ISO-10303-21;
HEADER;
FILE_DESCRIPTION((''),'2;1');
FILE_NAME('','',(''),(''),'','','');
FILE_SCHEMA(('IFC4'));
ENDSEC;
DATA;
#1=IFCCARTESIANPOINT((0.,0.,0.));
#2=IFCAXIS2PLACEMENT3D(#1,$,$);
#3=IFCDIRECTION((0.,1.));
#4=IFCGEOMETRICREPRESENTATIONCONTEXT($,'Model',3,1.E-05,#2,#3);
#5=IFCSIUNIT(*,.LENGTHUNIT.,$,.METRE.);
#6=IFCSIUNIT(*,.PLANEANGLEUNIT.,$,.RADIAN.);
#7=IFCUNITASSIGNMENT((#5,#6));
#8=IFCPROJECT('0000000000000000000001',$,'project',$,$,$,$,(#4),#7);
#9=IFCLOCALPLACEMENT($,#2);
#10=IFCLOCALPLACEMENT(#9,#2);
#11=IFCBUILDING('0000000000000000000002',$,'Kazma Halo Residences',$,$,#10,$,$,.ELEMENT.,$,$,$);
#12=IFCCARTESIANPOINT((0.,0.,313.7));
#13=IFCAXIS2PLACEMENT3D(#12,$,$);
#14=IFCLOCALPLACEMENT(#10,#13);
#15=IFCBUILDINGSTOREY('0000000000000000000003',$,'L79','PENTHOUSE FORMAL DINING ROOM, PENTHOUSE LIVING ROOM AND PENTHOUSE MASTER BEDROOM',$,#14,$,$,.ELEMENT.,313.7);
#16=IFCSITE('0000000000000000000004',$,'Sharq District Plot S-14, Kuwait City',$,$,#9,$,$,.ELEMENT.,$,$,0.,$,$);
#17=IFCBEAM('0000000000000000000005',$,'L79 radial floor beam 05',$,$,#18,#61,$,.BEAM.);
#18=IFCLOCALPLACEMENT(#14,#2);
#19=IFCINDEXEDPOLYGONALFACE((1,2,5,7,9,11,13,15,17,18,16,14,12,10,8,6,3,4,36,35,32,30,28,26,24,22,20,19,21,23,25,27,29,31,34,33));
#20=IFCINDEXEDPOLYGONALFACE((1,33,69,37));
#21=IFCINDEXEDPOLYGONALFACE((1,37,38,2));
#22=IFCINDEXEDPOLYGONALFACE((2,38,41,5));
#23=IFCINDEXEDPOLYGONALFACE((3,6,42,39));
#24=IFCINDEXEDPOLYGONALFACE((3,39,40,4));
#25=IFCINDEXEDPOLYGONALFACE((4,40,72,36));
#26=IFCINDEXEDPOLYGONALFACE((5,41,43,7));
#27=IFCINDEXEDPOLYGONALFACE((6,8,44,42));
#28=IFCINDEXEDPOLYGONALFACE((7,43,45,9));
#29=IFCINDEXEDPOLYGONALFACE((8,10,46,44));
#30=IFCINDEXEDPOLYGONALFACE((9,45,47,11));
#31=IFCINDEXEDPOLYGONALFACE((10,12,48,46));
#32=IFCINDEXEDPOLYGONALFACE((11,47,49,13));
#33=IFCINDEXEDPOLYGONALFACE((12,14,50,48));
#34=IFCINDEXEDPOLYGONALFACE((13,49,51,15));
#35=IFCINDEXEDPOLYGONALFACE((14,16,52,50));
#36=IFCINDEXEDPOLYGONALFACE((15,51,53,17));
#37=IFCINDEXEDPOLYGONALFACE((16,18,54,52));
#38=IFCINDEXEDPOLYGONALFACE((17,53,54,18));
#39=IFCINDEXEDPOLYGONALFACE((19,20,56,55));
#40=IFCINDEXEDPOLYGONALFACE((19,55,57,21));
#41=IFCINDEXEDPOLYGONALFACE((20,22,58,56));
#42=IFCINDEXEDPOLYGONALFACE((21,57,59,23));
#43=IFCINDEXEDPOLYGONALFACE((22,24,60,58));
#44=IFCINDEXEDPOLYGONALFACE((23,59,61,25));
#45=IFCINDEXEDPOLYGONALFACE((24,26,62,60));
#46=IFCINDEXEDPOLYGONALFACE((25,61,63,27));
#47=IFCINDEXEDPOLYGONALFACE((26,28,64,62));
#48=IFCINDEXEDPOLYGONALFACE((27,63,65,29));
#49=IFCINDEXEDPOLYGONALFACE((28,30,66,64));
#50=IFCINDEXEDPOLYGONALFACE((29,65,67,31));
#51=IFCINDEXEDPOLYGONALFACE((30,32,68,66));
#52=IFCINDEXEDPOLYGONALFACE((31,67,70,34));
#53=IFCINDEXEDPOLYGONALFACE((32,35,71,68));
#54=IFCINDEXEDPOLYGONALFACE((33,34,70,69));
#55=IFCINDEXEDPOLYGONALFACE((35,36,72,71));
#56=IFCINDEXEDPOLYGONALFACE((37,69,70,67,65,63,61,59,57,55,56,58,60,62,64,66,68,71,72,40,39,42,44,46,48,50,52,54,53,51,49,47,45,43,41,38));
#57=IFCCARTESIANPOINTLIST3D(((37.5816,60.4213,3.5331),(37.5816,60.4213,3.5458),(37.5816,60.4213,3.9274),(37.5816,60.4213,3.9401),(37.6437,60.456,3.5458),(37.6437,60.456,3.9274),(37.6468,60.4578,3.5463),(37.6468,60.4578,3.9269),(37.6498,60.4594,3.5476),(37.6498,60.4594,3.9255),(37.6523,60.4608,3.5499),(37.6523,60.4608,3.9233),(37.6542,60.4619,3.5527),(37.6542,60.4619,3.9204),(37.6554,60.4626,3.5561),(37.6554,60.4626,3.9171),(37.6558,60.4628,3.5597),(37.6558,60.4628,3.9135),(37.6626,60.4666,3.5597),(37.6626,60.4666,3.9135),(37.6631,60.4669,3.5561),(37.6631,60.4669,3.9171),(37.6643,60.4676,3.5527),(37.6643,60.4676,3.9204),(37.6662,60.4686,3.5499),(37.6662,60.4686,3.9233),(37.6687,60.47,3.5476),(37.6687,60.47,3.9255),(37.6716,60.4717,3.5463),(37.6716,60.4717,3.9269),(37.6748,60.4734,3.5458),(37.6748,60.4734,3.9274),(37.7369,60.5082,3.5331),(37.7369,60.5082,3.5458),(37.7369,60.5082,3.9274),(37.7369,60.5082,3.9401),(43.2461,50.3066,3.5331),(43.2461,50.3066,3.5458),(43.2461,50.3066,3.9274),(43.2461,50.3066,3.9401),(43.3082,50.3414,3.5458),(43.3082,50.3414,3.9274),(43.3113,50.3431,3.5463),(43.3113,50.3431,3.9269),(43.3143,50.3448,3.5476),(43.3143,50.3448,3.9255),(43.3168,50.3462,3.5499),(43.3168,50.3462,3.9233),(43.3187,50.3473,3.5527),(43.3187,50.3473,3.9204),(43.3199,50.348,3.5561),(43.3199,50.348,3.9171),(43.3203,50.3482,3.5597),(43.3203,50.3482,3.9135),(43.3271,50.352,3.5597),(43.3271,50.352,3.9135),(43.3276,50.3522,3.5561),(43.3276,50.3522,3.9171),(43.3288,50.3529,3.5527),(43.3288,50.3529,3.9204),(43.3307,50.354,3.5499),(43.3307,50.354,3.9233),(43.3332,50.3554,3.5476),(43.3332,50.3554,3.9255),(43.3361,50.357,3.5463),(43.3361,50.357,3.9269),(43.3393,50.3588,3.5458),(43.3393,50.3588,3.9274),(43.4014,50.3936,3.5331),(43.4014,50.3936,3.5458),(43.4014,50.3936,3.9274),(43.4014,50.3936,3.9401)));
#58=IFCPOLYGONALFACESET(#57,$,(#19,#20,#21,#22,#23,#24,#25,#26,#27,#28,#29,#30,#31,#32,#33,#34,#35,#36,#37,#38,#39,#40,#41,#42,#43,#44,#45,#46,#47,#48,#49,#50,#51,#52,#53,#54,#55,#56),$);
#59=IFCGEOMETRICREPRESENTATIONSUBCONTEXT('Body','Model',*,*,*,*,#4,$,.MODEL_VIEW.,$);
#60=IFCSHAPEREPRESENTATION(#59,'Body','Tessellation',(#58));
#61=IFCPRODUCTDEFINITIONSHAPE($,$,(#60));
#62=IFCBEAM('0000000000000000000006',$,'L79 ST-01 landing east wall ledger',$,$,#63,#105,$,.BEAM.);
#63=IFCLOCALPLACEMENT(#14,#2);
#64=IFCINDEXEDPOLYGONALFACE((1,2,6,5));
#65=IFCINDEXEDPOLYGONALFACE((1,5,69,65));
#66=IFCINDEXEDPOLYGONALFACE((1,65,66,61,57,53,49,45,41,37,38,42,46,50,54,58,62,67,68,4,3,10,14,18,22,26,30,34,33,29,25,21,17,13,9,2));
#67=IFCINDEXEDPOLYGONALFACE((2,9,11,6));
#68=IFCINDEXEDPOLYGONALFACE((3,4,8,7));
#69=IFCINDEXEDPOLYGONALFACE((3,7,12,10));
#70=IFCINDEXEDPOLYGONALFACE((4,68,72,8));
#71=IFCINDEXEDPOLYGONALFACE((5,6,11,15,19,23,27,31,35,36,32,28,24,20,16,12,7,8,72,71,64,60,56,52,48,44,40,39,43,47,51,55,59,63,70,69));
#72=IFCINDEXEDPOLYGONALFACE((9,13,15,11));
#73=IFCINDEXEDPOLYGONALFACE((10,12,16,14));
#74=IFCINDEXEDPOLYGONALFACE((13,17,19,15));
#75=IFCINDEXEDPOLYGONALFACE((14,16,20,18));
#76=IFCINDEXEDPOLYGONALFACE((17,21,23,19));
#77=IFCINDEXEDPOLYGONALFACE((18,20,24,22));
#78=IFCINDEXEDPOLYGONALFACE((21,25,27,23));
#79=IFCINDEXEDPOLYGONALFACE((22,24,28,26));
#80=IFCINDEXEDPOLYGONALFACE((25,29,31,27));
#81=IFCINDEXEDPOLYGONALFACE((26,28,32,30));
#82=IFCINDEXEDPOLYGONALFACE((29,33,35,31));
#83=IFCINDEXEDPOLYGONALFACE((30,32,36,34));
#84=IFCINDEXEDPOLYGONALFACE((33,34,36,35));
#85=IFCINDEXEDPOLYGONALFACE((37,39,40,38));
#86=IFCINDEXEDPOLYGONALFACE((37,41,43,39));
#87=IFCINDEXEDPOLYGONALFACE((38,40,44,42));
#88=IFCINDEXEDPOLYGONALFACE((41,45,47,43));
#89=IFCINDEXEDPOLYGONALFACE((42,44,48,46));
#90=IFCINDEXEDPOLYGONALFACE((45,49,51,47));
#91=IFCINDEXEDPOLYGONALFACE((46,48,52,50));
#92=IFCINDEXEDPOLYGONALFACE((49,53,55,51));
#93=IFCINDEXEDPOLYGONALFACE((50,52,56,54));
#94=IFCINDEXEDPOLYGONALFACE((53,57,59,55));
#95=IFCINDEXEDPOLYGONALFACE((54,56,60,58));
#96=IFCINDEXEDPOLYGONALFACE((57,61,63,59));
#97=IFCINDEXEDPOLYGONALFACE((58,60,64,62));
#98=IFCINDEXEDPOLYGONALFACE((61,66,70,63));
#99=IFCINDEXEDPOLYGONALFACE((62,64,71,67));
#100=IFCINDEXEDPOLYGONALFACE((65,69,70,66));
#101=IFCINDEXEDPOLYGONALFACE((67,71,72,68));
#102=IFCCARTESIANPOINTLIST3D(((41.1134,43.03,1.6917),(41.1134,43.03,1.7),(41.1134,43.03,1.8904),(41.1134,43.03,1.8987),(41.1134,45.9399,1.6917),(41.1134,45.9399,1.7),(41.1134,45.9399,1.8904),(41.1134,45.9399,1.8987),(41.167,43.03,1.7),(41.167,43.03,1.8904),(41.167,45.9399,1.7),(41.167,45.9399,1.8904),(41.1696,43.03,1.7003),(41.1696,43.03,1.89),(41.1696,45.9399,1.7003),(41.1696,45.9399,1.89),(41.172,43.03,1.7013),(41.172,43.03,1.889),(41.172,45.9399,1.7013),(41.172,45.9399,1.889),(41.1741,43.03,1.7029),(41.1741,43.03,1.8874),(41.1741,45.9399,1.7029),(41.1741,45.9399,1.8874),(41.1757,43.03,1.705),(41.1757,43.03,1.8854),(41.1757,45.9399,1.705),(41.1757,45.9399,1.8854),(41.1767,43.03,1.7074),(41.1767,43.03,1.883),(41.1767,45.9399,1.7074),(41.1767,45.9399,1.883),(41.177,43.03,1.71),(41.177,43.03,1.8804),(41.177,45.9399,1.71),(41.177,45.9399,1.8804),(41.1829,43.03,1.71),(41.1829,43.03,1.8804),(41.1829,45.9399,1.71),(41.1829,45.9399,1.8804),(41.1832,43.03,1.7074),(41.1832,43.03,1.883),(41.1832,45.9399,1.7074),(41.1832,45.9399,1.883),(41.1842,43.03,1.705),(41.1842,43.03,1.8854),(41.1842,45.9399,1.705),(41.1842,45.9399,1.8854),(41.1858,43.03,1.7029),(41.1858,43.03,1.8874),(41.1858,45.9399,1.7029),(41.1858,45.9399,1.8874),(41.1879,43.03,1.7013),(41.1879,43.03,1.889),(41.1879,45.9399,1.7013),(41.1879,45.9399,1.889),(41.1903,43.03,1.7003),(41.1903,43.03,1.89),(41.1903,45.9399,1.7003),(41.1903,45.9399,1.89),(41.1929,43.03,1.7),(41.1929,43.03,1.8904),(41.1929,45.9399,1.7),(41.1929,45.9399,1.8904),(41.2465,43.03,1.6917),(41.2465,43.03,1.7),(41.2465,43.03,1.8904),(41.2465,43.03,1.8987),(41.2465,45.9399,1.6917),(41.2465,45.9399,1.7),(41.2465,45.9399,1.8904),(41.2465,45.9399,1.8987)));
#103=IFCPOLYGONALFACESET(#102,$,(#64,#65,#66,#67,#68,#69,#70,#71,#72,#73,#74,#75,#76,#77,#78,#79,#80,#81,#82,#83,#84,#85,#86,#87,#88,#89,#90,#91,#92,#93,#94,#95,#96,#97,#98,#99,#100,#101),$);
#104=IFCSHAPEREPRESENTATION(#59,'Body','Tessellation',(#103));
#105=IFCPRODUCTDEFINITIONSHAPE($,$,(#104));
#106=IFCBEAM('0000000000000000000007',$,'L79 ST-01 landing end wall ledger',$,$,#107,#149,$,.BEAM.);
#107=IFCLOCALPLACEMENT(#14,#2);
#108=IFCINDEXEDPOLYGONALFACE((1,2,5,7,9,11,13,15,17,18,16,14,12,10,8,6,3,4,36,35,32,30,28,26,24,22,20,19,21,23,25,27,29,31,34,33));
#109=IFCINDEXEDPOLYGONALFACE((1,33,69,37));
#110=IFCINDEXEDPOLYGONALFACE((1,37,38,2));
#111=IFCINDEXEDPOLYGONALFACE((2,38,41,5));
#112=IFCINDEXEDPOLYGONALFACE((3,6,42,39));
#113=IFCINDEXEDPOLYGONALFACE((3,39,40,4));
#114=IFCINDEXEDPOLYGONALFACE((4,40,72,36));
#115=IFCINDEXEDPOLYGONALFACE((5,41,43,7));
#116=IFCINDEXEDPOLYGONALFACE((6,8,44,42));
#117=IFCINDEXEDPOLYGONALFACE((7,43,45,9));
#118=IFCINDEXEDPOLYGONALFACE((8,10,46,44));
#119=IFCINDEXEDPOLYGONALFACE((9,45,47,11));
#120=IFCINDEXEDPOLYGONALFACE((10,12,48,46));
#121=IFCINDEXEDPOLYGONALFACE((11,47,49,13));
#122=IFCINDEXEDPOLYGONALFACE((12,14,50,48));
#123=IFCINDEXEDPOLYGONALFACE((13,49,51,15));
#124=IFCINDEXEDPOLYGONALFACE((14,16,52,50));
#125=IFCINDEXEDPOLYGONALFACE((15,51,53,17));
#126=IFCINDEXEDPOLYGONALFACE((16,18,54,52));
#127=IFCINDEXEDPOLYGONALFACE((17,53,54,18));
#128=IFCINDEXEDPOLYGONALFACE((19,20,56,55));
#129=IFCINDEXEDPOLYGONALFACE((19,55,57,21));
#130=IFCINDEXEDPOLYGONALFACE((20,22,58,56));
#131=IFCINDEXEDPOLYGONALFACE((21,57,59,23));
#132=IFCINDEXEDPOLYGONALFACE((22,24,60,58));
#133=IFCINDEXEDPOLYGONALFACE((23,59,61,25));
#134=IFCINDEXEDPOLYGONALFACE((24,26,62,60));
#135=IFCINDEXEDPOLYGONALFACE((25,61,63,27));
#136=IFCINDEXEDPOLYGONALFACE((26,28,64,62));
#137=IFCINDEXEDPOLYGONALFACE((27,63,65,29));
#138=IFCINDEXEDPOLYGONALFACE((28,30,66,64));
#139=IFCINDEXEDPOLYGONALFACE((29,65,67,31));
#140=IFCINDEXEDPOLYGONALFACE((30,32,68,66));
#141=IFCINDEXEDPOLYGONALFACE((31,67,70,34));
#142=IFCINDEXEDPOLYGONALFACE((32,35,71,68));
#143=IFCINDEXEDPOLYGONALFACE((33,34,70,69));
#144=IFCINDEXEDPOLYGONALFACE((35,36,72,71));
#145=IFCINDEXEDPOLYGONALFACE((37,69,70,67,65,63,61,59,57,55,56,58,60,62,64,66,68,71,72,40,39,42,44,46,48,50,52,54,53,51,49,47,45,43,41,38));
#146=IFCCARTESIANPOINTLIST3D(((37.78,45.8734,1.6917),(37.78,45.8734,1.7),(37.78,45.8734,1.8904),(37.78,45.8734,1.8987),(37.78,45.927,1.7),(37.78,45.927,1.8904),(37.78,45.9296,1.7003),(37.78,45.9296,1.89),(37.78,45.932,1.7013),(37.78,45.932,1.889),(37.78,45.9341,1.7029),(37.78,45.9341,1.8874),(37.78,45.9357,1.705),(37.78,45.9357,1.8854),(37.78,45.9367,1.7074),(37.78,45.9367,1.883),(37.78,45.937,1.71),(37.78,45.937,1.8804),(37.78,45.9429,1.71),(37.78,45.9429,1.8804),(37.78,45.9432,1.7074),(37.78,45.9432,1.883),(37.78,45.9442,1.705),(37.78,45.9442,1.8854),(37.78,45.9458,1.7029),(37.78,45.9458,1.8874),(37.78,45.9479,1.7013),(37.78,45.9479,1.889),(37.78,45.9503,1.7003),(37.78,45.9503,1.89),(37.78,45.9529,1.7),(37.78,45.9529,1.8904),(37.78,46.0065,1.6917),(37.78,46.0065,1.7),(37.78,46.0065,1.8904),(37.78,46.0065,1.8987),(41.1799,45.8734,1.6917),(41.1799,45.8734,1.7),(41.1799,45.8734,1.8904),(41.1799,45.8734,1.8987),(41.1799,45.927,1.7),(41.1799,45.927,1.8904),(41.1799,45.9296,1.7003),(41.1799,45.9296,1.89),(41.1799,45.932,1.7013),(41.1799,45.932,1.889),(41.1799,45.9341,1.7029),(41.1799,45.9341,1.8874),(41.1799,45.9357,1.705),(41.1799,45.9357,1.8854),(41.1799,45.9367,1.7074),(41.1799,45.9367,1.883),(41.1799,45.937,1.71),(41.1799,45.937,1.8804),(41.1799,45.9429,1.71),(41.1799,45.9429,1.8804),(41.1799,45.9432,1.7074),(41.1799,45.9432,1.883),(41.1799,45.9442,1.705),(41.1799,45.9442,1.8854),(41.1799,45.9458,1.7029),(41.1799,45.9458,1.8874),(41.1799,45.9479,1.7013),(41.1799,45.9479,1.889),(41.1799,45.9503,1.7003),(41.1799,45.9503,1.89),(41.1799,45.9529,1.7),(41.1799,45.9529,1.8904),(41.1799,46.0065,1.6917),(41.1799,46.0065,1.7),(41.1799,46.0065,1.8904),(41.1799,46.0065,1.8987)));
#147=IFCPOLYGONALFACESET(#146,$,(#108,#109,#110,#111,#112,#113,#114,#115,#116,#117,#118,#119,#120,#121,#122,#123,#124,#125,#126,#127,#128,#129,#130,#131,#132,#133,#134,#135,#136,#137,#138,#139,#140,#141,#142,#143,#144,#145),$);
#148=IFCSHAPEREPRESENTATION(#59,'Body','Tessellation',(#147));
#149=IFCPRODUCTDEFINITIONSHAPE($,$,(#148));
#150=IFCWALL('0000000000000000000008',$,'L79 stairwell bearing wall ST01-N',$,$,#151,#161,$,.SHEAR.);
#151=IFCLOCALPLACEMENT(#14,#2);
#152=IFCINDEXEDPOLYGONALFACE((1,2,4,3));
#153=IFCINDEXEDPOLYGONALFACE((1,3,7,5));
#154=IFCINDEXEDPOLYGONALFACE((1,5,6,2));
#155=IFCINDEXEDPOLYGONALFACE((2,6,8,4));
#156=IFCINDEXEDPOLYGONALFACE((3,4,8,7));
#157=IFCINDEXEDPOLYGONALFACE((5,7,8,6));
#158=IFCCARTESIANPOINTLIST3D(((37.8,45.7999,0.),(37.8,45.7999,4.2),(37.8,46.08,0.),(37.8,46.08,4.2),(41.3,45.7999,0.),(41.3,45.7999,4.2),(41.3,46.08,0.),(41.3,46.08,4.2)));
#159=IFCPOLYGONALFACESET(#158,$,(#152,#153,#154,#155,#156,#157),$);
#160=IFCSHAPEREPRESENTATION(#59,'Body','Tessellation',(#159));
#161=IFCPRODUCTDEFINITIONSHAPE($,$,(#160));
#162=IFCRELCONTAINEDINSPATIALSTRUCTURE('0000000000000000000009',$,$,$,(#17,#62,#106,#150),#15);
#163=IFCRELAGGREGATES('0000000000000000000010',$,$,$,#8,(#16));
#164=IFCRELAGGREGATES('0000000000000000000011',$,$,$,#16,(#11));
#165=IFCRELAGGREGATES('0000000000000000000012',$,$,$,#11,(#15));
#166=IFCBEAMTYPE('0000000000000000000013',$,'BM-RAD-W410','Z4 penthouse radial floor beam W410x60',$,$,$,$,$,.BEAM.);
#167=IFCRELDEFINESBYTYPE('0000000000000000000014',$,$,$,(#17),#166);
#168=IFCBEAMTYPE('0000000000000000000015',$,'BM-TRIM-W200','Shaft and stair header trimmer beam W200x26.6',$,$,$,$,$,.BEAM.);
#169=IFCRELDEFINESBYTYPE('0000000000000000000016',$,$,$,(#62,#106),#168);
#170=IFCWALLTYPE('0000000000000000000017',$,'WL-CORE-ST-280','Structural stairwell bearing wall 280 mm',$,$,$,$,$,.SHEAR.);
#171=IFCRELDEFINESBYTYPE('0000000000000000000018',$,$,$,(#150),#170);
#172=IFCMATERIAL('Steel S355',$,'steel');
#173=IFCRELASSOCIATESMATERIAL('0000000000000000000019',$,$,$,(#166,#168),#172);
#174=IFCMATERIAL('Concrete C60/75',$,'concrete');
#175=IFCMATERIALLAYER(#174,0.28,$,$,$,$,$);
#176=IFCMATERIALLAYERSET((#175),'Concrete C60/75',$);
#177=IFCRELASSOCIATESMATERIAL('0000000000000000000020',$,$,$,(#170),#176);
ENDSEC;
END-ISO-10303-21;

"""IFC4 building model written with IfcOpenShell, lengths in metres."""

from ifc_helpers import new_model, si_unit, direction, frame, frame_2d, origin, origin_2d, place, context, subcontext, project, spatial, rectangle, i_section, extrude, material, layer, layer_set, material_profile, profile_set, type_object, element, save


model = new_model("IFC4")

# Units and contexts
model_context = context("Model", 3, precision=1e-05, world=origin(), true_north=direction((0.0, 1.0)))
body_context = subcontext(model_context, "Body", "Model", "MODEL_VIEW")
ifc_project = project(units=[si_unit("LENGTHUNIT", "METRE"), si_unit("PLANEANGLEUNIT", "RADIAN")], contexts=[model_context])

# Site, building, storey
site_placement = place(None, origin())
site = spatial("IfcSite", under=ifc_project, at=site_placement, Name="Sharq District Plot S-14, Kuwait City", CompositionType="ELEMENT", RefElevation=0.0)
building_placement = place(site_placement, origin())
building = spatial("IfcBuilding", under=site, at=building_placement, Name="Kazma Halo Residences", CompositionType="ELEMENT")
storey_placement = place(building_placement, frame((0.0, 0.0, 313.7)))
storey = spatial("IfcBuildingStorey", under=building, at=storey_placement, Name="L79", Description="PENTHOUSE FORMAL DINING ROOM, PENTHOUSE LIVING ROOM AND PENTHOUSE MASTER BEDROOM", CompositionType="ELEMENT", Elevation=313.7)

# Shared definitions
ifc_material_1 = material(Name="Steel S355", Category="steel")

# Beams
ifc_material_profile_1 = material_profile(ifc_material_1, i_section(OverallWidth=0.178, OverallDepth=0.407, WebThickness=0.0078, FlangeThickness=0.0127, FilletRadius=0.0139, at=origin_2d()), Name="W410x60")
ifc_profile_set_1 = profile_set([ifc_material_profile_1], Name="Steel S355")
beam_type_1 = type_object("IfcBeamType", Name="BM-RAD-W410", Description="Z4 penthouse radial floor beam W410x60", PredefinedType="BEAM", material=ifc_profile_set_1)
beam_1_placement = place(storey_placement, frame((43.3237, 50.3501, 3.7366), z_axis=(-0.488623, 0.872495, 0.0), x_axis=(-0.872495, -0.488623, 0.0)))
element("IfcBeam", 1, at=beam_1_placement, inside=storey, type_object=beam_type_1, Name="L79 radial floor beam 05", PredefinedType="BEAM", context=body_context, shape_type="SweptSolid", body=[
    extrude(i_section(OverallWidth=0.178, OverallDepth=0.407, WebThickness=0.0078, FlangeThickness=0.0127, FilletRadius=0.0139, at=origin_2d()), origin(), (0.0, 0.0, 1.0), 11.5928),
])
ifc_material_profile_2 = material_profile(ifc_material_1, i_section(OverallWidth=0.1331, OverallDepth=0.207, WebThickness=0.0059, FlangeThickness=0.0083, FilletRadius=0.01, at=origin_2d()), Name="W200x26.6")
ifc_profile_set_2 = profile_set([ifc_material_profile_2], Name="Steel S355")
beam_type_2 = type_object("IfcBeamType", Name="BM-TRIM-W200", Description="Shaft and stair header trimmer beam W200x26.6", PredefinedType="BEAM", material=ifc_profile_set_2)
beam_2_placement = place(storey_placement, frame((41.1799, 43.03, 1.7952), z_axis=(0.0, 1.0, 0.0), x_axis=(-1.0, 0.0, 0.0)))
element("IfcBeam", 2, at=beam_2_placement, inside=storey, type_object=beam_type_2, Name="L79 ST-01 landing east wall ledger", PredefinedType="BEAM", context=body_context, shape_type="SweptSolid", body=[
    extrude(i_section(OverallWidth=0.1331, OverallDepth=0.207, WebThickness=0.0059, FlangeThickness=0.0083, FilletRadius=0.01, at=origin_2d()), origin(), (0.0, 0.0, 1.0), 2.9099),
])
beam_3_placement = place(storey_placement, frame((37.78, 45.9399, 1.7952), z_axis=(1.0, 0.0, 0.0), x_axis=(0.0, 1.0, 0.0)))
element("IfcBeam", 3, at=beam_3_placement, inside=storey, type_object=beam_type_2, Name="L79 ST-01 landing end wall ledger", PredefinedType="BEAM", context=body_context, shape_type="SweptSolid", body=[
    extrude(i_section(OverallWidth=0.1331, OverallDepth=0.207, WebThickness=0.0059, FlangeThickness=0.0083, FilletRadius=0.01, at=origin_2d()), origin(), (0.0, 0.0, 1.0), 3.3999),
])

# Wall
ifc_material_2 = material(Name="Concrete C60/75", Category="concrete")
ifc_layer_1 = layer(ifc_material_2, 0.28)
ifc_layer_set_1 = layer_set([ifc_layer_1], Name="Concrete C60/75")
wall_type_1 = type_object("IfcWallType", Name="WL-CORE-ST-280", Description="Structural stairwell bearing wall 280 mm", PredefinedType="SHEAR", material=ifc_layer_set_1)
wall_1_placement = place(storey_placement, frame((37.8, 45.9399, 0.0), z_axis=(0.0, 0.0, 1.0), x_axis=(1.0, 0.0, 0.0)))
element("IfcWall", 4, at=wall_1_placement, inside=storey, type_object=wall_type_1, Name="L79 stairwell bearing wall ST01-N", PredefinedType="SHEAR", context=body_context, shape_type="SweptSolid", body=[
    extrude(rectangle(XDim=3.5, YDim=0.28, at=frame_2d((1.75, 0.0))), origin(), (0.0, 0.0, 1.0), 4.2),
])

save(model, "model.ifc")
